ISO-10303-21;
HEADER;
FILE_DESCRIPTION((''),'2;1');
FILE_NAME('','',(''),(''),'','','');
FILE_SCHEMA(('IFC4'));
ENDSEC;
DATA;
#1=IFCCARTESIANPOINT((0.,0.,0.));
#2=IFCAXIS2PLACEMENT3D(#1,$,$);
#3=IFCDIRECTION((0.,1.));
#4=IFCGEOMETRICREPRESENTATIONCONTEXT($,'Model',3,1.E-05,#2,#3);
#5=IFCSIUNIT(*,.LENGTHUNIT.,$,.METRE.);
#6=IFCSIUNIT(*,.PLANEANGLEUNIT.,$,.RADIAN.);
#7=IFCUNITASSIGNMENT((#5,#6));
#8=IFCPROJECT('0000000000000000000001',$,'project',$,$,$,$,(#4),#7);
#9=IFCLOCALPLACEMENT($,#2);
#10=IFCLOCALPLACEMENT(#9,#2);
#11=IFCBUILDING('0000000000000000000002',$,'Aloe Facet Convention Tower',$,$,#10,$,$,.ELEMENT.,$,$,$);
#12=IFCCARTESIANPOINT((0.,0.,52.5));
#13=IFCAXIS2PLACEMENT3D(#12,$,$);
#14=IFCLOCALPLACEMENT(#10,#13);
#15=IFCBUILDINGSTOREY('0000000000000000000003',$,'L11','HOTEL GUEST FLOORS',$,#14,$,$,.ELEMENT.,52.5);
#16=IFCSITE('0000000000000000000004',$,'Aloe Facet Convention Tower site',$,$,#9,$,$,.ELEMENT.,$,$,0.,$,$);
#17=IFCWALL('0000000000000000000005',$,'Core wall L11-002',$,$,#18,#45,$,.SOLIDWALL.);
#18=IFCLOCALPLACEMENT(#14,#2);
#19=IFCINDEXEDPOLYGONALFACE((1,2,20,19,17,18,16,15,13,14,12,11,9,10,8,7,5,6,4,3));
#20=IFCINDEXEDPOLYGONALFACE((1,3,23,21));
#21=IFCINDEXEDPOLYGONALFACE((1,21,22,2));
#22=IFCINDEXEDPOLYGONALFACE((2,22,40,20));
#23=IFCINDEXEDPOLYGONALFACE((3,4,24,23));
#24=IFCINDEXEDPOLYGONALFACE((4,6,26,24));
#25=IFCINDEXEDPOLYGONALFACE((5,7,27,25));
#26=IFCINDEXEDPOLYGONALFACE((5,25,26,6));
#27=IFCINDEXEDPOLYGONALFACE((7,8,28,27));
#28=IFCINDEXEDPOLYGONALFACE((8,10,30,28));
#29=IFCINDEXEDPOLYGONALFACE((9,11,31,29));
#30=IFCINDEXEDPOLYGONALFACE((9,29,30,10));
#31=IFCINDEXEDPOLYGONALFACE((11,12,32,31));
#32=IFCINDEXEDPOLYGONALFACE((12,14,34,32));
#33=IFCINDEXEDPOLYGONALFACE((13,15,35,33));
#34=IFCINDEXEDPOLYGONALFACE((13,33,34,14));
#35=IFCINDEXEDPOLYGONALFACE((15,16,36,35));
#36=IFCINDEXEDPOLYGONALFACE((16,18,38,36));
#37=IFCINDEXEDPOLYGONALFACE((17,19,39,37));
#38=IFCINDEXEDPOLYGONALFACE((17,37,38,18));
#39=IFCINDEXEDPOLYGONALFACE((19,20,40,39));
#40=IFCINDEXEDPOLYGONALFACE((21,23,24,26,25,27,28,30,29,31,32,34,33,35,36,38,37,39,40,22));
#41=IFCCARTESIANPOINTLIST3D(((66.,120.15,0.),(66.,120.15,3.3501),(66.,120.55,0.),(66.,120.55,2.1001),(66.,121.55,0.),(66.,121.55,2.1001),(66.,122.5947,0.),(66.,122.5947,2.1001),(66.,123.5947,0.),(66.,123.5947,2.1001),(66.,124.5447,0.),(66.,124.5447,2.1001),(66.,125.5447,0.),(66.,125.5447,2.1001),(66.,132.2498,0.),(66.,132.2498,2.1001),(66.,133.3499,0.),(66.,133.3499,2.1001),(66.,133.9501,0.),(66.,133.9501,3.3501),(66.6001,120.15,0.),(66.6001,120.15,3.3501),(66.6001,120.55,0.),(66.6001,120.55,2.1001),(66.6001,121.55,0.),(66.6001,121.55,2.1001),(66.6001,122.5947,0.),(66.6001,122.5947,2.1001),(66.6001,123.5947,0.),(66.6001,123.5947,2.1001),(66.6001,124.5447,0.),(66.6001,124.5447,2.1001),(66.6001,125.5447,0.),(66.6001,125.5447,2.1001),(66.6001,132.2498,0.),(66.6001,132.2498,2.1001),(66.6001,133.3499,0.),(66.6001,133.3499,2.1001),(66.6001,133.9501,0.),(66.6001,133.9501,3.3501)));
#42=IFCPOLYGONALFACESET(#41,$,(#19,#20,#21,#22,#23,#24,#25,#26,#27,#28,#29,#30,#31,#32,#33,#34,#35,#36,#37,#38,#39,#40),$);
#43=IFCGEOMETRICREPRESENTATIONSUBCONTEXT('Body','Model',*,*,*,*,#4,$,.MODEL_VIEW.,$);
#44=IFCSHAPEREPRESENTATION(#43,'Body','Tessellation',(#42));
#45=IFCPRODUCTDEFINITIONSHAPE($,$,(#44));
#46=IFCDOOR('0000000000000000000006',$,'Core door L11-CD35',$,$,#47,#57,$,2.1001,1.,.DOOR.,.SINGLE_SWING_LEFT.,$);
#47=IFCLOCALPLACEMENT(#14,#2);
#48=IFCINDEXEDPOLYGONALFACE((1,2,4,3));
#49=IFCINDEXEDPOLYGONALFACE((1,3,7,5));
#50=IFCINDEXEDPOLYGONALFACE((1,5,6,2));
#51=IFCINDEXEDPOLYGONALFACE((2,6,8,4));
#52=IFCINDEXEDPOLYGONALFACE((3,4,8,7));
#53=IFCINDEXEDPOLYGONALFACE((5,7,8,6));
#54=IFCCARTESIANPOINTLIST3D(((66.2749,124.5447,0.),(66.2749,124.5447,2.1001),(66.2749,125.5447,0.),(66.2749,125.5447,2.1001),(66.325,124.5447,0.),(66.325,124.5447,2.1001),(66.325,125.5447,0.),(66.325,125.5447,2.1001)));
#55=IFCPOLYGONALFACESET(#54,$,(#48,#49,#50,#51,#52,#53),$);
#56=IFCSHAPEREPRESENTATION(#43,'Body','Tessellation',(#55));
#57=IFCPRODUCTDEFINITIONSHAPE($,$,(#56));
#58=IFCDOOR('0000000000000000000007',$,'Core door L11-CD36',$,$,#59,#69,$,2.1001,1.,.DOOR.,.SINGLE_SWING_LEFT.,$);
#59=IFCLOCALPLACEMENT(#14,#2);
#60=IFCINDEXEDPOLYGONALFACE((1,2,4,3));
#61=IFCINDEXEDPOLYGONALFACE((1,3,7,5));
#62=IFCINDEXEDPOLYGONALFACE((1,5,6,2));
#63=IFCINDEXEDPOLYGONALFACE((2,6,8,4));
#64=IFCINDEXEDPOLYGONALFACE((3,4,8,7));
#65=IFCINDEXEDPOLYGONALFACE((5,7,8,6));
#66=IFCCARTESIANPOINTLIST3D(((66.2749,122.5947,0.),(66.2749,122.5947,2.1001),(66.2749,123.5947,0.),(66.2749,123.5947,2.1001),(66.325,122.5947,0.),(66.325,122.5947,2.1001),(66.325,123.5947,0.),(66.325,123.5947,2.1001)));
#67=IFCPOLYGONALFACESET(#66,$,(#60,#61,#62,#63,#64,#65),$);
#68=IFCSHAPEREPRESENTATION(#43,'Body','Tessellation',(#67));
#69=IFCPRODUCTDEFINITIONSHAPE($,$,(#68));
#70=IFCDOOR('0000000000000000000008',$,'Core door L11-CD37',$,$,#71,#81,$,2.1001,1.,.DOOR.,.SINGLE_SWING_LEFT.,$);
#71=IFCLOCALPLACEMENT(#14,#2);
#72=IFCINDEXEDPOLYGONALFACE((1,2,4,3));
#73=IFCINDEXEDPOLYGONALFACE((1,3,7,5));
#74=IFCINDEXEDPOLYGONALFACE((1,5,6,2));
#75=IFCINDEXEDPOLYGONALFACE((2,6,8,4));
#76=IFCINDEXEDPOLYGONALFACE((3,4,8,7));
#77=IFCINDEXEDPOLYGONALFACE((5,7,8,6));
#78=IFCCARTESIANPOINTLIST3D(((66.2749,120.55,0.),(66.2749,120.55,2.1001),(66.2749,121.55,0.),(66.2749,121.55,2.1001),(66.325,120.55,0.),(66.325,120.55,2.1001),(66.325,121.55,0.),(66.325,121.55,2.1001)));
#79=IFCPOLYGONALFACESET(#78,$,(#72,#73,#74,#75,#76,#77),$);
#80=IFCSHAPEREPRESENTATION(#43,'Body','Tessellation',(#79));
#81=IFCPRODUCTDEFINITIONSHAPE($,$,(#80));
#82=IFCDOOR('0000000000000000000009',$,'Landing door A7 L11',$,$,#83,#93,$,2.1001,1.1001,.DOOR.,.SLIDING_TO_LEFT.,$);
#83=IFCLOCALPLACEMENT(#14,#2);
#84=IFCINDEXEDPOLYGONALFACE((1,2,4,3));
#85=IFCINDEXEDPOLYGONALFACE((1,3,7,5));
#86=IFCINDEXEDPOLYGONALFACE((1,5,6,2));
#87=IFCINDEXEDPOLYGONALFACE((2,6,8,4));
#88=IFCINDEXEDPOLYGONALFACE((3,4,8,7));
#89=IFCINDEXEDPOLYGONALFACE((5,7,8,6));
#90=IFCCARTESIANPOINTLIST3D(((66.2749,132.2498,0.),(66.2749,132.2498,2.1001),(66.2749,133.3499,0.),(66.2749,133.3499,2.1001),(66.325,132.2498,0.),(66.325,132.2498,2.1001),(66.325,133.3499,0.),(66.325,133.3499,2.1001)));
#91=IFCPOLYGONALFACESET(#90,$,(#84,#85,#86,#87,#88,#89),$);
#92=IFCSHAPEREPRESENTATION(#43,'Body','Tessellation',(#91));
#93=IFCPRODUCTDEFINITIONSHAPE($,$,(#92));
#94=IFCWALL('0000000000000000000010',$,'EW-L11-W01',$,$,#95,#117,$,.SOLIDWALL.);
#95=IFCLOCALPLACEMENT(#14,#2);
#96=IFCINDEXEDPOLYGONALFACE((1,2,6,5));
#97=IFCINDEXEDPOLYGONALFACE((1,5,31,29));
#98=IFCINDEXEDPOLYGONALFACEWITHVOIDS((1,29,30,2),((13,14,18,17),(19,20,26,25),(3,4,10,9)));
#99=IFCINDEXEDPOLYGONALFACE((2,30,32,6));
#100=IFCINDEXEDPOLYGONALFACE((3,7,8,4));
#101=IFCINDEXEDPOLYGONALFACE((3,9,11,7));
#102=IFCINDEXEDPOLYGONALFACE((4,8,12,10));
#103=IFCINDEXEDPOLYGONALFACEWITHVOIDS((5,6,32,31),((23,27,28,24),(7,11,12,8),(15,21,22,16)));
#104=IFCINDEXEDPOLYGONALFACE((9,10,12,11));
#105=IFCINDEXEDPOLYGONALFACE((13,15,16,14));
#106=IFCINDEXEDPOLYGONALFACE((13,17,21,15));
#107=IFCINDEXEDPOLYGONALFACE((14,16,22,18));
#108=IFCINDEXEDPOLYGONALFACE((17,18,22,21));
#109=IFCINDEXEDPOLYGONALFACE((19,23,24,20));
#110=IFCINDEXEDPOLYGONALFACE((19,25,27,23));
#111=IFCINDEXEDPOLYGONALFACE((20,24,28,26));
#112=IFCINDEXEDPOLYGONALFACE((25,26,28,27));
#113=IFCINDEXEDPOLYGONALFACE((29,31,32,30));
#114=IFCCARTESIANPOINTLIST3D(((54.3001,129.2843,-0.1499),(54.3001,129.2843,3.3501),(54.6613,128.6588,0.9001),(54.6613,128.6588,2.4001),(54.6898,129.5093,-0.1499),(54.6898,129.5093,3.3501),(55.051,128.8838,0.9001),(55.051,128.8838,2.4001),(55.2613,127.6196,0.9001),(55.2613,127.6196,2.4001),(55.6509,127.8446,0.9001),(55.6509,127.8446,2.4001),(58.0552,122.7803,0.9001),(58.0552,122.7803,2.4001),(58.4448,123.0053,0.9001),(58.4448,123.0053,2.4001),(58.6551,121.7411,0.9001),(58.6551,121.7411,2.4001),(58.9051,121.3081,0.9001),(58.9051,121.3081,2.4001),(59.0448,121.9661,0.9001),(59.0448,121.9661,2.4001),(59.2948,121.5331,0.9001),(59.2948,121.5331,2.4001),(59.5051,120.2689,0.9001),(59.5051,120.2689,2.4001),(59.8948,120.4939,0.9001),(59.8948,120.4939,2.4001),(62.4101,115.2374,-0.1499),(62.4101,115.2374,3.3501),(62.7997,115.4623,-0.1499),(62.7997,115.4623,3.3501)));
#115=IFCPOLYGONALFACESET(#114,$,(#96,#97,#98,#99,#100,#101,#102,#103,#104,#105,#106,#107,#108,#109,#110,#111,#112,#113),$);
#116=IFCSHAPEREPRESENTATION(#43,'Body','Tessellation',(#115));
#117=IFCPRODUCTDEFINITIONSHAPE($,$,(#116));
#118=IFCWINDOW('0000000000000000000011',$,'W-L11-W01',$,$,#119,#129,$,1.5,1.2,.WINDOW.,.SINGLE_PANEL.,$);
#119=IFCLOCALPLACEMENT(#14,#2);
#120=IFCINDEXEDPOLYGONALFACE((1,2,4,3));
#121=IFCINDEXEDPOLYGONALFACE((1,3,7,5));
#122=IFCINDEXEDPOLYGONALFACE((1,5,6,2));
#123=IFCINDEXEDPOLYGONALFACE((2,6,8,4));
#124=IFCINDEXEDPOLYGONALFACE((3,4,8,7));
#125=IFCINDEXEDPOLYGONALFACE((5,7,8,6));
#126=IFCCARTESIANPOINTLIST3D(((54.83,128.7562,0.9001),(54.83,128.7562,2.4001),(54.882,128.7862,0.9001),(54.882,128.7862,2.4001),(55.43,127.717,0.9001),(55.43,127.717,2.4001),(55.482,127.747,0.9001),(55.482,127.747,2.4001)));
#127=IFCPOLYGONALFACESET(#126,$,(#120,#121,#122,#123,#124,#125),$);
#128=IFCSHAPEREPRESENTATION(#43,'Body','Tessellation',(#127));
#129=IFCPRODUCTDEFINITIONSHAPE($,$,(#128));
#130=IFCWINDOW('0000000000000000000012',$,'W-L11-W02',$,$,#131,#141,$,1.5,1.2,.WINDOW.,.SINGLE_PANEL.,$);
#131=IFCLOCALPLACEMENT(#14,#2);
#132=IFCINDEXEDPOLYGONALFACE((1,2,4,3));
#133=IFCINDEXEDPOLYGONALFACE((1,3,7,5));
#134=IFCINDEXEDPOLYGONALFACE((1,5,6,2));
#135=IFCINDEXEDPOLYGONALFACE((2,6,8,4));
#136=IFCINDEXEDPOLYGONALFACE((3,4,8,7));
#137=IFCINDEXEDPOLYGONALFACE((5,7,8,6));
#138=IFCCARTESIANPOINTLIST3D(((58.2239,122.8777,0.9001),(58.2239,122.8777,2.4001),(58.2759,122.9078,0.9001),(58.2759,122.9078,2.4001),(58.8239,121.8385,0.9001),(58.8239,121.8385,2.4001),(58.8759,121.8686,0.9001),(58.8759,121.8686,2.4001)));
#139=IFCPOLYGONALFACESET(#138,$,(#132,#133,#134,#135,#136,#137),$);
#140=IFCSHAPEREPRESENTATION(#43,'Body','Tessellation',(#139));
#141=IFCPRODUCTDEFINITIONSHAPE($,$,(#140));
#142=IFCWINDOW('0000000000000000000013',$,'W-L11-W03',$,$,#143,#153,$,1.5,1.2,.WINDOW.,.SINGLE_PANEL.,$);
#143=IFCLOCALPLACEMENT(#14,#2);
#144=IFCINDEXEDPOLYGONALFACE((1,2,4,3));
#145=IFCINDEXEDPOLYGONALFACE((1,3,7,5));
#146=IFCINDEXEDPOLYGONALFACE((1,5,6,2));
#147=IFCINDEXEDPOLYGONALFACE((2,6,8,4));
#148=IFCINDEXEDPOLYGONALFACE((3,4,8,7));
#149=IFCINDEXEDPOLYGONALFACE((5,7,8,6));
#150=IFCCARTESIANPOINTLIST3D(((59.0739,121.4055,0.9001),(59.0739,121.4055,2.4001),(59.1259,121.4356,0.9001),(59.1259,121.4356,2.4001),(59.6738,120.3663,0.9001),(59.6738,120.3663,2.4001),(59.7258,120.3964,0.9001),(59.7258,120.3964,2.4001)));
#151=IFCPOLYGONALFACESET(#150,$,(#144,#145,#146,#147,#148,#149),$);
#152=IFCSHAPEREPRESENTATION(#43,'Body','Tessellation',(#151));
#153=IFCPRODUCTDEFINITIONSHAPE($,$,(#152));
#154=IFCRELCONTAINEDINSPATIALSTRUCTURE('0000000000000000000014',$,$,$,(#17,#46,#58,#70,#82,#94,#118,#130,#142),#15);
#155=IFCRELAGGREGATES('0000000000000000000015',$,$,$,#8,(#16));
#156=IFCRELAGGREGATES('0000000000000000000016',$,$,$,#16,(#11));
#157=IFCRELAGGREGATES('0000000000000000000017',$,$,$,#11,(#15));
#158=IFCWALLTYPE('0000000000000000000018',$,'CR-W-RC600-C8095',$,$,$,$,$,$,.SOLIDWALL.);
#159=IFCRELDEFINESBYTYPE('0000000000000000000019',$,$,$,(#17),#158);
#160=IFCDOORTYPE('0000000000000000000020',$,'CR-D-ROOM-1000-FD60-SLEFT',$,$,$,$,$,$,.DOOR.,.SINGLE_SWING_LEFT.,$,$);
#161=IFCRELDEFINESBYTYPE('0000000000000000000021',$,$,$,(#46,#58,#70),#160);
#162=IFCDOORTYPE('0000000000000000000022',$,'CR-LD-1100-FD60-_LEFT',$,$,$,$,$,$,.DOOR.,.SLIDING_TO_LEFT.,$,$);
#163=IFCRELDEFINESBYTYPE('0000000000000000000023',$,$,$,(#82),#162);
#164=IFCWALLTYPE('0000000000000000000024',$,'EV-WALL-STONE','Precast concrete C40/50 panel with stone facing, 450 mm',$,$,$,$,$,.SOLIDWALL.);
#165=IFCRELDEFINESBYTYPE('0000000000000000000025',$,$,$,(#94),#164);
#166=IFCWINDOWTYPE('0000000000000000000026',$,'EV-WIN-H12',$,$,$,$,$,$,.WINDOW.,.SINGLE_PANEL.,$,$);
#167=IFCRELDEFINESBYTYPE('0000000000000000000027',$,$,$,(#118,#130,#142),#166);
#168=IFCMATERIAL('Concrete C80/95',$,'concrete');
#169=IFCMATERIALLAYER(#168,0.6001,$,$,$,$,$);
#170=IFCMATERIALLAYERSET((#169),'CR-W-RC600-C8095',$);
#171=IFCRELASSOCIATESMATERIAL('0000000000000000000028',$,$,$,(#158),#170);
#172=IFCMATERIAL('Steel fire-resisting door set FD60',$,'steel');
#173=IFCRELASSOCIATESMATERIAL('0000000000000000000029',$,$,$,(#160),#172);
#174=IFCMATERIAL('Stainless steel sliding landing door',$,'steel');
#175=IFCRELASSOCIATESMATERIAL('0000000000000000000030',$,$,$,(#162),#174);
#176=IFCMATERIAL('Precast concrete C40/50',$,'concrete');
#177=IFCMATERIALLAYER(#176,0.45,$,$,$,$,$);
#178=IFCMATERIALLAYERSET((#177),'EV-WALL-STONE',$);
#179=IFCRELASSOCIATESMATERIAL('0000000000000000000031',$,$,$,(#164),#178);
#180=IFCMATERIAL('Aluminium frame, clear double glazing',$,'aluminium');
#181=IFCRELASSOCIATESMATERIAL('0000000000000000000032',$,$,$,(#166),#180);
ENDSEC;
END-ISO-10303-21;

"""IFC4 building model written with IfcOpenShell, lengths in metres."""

from ifc_helpers import new_model, si_unit, direction, frame, frame_2d, origin, place, context, subcontext, project, spatial, polyline, rectangle, outline, extrude, material, layer, layer_set, type_object, element, fill, save


model = new_model("IFC4")

# Units and contexts
model_context = context("Model", 3, precision=1e-05, world=origin(), true_north=direction((0.0, 1.0)))
body_context = subcontext(model_context, "Body", "Model", "MODEL_VIEW")
ifc_project = project(units=[si_unit("LENGTHUNIT", "METRE"), si_unit("PLANEANGLEUNIT", "RADIAN")], contexts=[model_context])

# Site, building, storey
site_placement = place(None, origin())
site = spatial("IfcSite", under=ifc_project, at=site_placement, Name="Aloe Facet Convention Tower site", CompositionType="ELEMENT", RefElevation=0.0)
building_placement = place(site_placement, origin())
building = spatial("IfcBuilding", under=site, at=building_placement, Name="Aloe Facet Convention Tower", CompositionType="ELEMENT")
storey_placement = place(building_placement, frame((0.0, 0.0, 52.5)))
storey = spatial("IfcBuildingStorey", under=building, at=storey_placement, Name="L11", Description="HOTEL GUEST FLOORS", CompositionType="ELEMENT", Elevation=52.5)

# Shared definitions
ifc_material_1 = material(Name="Concrete C80/95", Category="concrete")
ifc_layer_1 = layer(ifc_material_1, 0.6001)
ifc_layer_set_1 = layer_set([ifc_layer_1], Name="CR-W-RC600-C8095")
wall_type_1 = type_object("IfcWallType", Name="CR-W-RC600-C8095", PredefinedType="SOLIDWALL", material=ifc_layer_set_1)

# Wall, openings, doors
wall_1_placement = place(storey_placement, frame((66.3, 133.95, 0.0), z_axis=(0.0, 0.0, 1.0), x_axis=(0.0, -1.0, 0.0)))
wall_1 = element("IfcWall", 1, at=wall_1_placement, inside=storey, type_object=wall_type_1, Name="Core wall L11-002", PredefinedType="SOLIDWALL", context=body_context, shape_type="SweptSolid", body=[
    extrude(rectangle(XDim=13.8, YDim=0.6001, at=frame_2d((6.8999, 0.0))), origin(), (0.0, 0.0, 1.0), 3.3501),
])
opening_1_placement = place(wall_1_placement, frame((0.6001, 0.0, 0.0)))
opening_1 = element("IfcOpeningElement", 2, at=opening_1_placement, cuts=wall_1, PredefinedType="OPENING", context=body_context, shape_type="SweptSolid", body=[
    extrude(rectangle(XDim=1.1001, YDim=2.1001, at=frame_2d((0.55, 1.05))), frame((0.0, 0.3101, 0.0), z_axis=(0.0, -1.0, 0.0), x_axis=(1.0, 0.0, 0.0)), (0.0, 0.0, 1.0), 0.6201),
])
opening_2_placement = place(wall_1_placement, frame((8.4053, 0.0, 0.0)))
opening_2 = element("IfcOpeningElement", 3, at=opening_2_placement, cuts=wall_1, PredefinedType="OPENING", context=body_context, shape_type="SweptSolid", body=[
    extrude(rectangle(XDim=1.0, YDim=2.1001, at=frame_2d((0.5, 1.05))), frame((0.0, 0.3101, 0.0), z_axis=(0.0, -1.0, 0.0), x_axis=(1.0, 0.0, 0.0)), (0.0, 0.0, 1.0), 0.6201),
])
opening_3_placement = place(wall_1_placement, frame((10.3552, 0.0, 0.0)))
opening_3 = element("IfcOpeningElement", 4, at=opening_3_placement, cuts=wall_1, PredefinedType="OPENING", context=body_context, shape_type="SweptSolid", body=[
    extrude(rectangle(XDim=1.0, YDim=2.1001, at=frame_2d((0.5, 1.05))), frame((0.0, 0.3101, 0.0), z_axis=(0.0, -1.0, 0.0), x_axis=(1.0, 0.0, 0.0)), (0.0, 0.0, 1.0), 0.6201),
])
opening_4_placement = place(wall_1_placement, frame((12.3999, 0.0, 0.0)))
opening_4 = element("IfcOpeningElement", 5, at=opening_4_placement, cuts=wall_1, PredefinedType="OPENING", context=body_context, shape_type="SweptSolid", body=[
    extrude(rectangle(XDim=1.0, YDim=2.1001, at=frame_2d((0.5, 1.05))), frame((0.0, 0.3101, 0.0), z_axis=(0.0, -1.0, 0.0), x_axis=(1.0, 0.0, 0.0)), (0.0, 0.0, 1.0), 0.6201),
])
ifc_material_2 = material(Name="Steel fire-resisting door set FD60", Category="steel")
door_type_1 = type_object("IfcDoorType", Name="CR-D-ROOM-1000-FD60-SLEFT", OperationType="SINGLE_SWING_LEFT", PredefinedType="DOOR", material=ifc_material_2)
door_1_placement = place(opening_2_placement, origin())
door_1 = element("IfcDoor", 6, at=door_1_placement, inside=storey, type_object=door_type_1, Name="Core door L11-CD35", OperationType="SINGLE_SWING_LEFT", OverallHeight=2.1001, OverallWidth=1.0, PredefinedType="DOOR", context=body_context, shape_type="SweptSolid", body=[
    extrude(rectangle(XDim=1.0, YDim=2.1001, at=frame_2d((0.5, 1.05))), frame((0.0, 0.0249, 0.0), z_axis=(0.0, -1.0, 0.0), x_axis=(1.0, 0.0, 0.0)), (0.0, 0.0, 1.0), 0.05),
])
fill(opening_2, door_1)
door_2_placement = place(opening_3_placement, origin())
door_2 = element("IfcDoor", 7, at=door_2_placement, inside=storey, type_object=door_type_1, Name="Core door L11-CD36", OperationType="SINGLE_SWING_LEFT", OverallHeight=2.1001, OverallWidth=1.0, PredefinedType="DOOR", context=body_context, shape_type="SweptSolid", body=[
    extrude(rectangle(XDim=1.0, YDim=2.1001, at=frame_2d((0.5, 1.05))), frame((0.0, 0.0249, 0.0), z_axis=(0.0, -1.0, 0.0), x_axis=(1.0, 0.0, 0.0)), (0.0, 0.0, 1.0), 0.05),
])
fill(opening_3, door_2)
door_3_placement = place(opening_4_placement, origin())
door_3 = element("IfcDoor", 8, at=door_3_placement, inside=storey, type_object=door_type_1, Name="Core door L11-CD37", OperationType="SINGLE_SWING_LEFT", OverallHeight=2.1001, OverallWidth=1.0, PredefinedType="DOOR", context=body_context, shape_type="SweptSolid", body=[
    extrude(rectangle(XDim=1.0, YDim=2.1001, at=frame_2d((0.5, 1.05))), frame((0.0, 0.0249, 0.0), z_axis=(0.0, -1.0, 0.0), x_axis=(1.0, 0.0, 0.0)), (0.0, 0.0, 1.0), 0.05),
])
fill(opening_4, door_3)
ifc_material_3 = material(Name="Stainless steel sliding landing door", Category="steel")
door_type_2 = type_object("IfcDoorType", Name="CR-LD-1100-FD60-_LEFT", OperationType="SLIDING_TO_LEFT", PredefinedType="DOOR", material=ifc_material_3)
door_4_placement = place(opening_1_placement, origin())
door_4 = element("IfcDoor", 9, at=door_4_placement, inside=storey, type_object=door_type_2, Name="Landing door A7 L11", OperationType="SLIDING_TO_LEFT", OverallHeight=2.1001, OverallWidth=1.1001, PredefinedType="DOOR", context=body_context, shape_type="SweptSolid", body=[
    extrude(rectangle(XDim=1.1001, YDim=2.1001, at=frame_2d((0.55, 1.05))), frame((0.0, 0.0249, 0.0), z_axis=(0.0, -1.0, 0.0), x_axis=(1.0, 0.0, 0.0)), (0.0, 0.0, 1.0), 0.05),
])
fill(opening_1, door_4)

# Wall, openings, windows
ifc_material_4 = material(Name="Precast concrete C40/50", Category="concrete")
ifc_layer_2 = layer(ifc_material_4, 0.45)
ifc_layer_set_2 = layer_set([ifc_layer_2], Name="EV-WALL-STONE")
wall_type_2 = type_object("IfcWallType", Name="EV-WALL-STONE", Description="Precast concrete C40/50 panel with stone facing, 450 mm", PredefinedType="SOLIDWALL", material=ifc_layer_set_2)
wall_2_placement = place(storey_placement, frame((54.4949, 129.3967, -0.1499), z_axis=(0.0, 0.0, 1.0), x_axis=(0.499995, -0.866028, 0.0)))
wall_2 = element("IfcWall", 10, at=wall_2_placement, inside=storey, type_object=wall_type_2, Name="EW-L11-W01", PredefinedType="SOLIDWALL", context=body_context, shape_type="SweptSolid", body=[
    extrude(outline(polyline([(0.0, 0.0), (0.0, 3.5), (16.22, 3.5), (16.22, 0.0), (0.0, 0.0)])), frame((0.0, 0.2251, 0.0), z_axis=(0.0, -1.0, 0.0), x_axis=(1.0, 0.0, 0.0)), (0.0, 0.0, 1.0), 0.45),
])
opening_5_placement = place(wall_2_placement, frame((0.7222, 0.0, 1.05)))
opening_5 = element("IfcOpeningElement", 11, at=opening_5_placement, cuts=wall_2, PredefinedType="OPENING", context=body_context, shape_type="SweptSolid", body=[
    extrude(rectangle(XDim=1.2, YDim=1.5, at=frame_2d((0.6001, 0.75))), frame((0.0, 0.2349, 0.0), z_axis=(0.0, -1.0, 0.0), x_axis=(1.0, 0.0, 0.0)), (0.0, 0.0, 1.0), 0.47),
])
opening_6_placement = place(wall_2_placement, frame((7.51, 0.0, 1.05)))
opening_6 = element("IfcOpeningElement", 12, at=opening_6_placement, cuts=wall_2, PredefinedType="OPENING", context=body_context, shape_type="SweptSolid", body=[
    extrude(rectangle(XDim=1.2, YDim=1.5, at=frame_2d((0.6001, 0.75))), frame((0.0, 0.2349, 0.0), z_axis=(0.0, -1.0, 0.0), x_axis=(1.0, 0.0, 0.0)), (0.0, 0.0, 1.0), 0.47),
])
opening_7_placement = place(wall_2_placement, frame((9.21, 0.0, 1.05)))
opening_7 = element("IfcOpeningElement", 13, at=opening_7_placement, cuts=wall_2, PredefinedType="OPENING", context=body_context, shape_type="SweptSolid", body=[
    extrude(rectangle(XDim=1.2, YDim=1.5, at=frame_2d((0.6001, 0.75))), frame((0.0, 0.2349, 0.0), z_axis=(0.0, -1.0, 0.0), x_axis=(1.0, 0.0, 0.0)), (0.0, 0.0, 1.0), 0.47),
])
ifc_material_5 = material(Name="Aluminium frame, clear double glazing", Category="aluminium")
window_type = type_object("IfcWindowType", Name="EV-WIN-H12", PartitioningType="SINGLE_PANEL", PredefinedType="WINDOW", material=ifc_material_5)
window_1_placement = place(opening_5_placement, origin())
window_1 = element("IfcWindow", 14, at=window_1_placement, inside=storey, type_object=window_type, Name="W-L11-W01", OverallHeight=1.5, OverallWidth=1.2, PartitioningType="SINGLE_PANEL", PredefinedType="WINDOW", context=body_context, shape_type="SweptSolid", body=[
    extrude(rectangle(XDim=1.2, YDim=1.5, at=frame_2d((0.6001, 0.75))), frame((0.0, 0.03, 0.0), z_axis=(0.0, -1.0, 0.0), x_axis=(1.0, 0.0, 0.0)), (0.0, 0.0, 1.0), 0.0601),
])
fill(opening_5, window_1)
window_2_placement = place(opening_6_placement, origin())
window_2 = element("IfcWindow", 15, at=window_2_placement, inside=storey, type_object=window_type, Name="W-L11-W02", OverallHeight=1.5, OverallWidth=1.2, PartitioningType="SINGLE_PANEL", PredefinedType="WINDOW", context=body_context, shape_type="SweptSolid", body=[
    extrude(rectangle(XDim=1.2, YDim=1.5, at=frame_2d((0.6001, 0.75))), frame((0.0, 0.03, 0.0), z_axis=(0.0, -1.0, 0.0), x_axis=(1.0, 0.0, 0.0)), (0.0, 0.0, 1.0), 0.0601),
])
fill(opening_6, window_2)
window_3_placement = place(opening_7_placement, origin())
window_3 = element("IfcWindow", 16, at=window_3_placement, inside=storey, type_object=window_type, Name="W-L11-W03", OverallHeight=1.5, OverallWidth=1.2, PartitioningType="SINGLE_PANEL", PredefinedType="WINDOW", context=body_context, shape_type="SweptSolid", body=[
    extrude(rectangle(XDim=1.2, YDim=1.5, at=frame_2d((0.6001, 0.75))), frame((0.0, 0.03, 0.0), z_axis=(0.0, -1.0, 0.0), x_axis=(1.0, 0.0, 0.0)), (0.0, 0.0, 1.0), 0.0601),
])
fill(opening_7, window_3)

save(model, "model.ifc")
